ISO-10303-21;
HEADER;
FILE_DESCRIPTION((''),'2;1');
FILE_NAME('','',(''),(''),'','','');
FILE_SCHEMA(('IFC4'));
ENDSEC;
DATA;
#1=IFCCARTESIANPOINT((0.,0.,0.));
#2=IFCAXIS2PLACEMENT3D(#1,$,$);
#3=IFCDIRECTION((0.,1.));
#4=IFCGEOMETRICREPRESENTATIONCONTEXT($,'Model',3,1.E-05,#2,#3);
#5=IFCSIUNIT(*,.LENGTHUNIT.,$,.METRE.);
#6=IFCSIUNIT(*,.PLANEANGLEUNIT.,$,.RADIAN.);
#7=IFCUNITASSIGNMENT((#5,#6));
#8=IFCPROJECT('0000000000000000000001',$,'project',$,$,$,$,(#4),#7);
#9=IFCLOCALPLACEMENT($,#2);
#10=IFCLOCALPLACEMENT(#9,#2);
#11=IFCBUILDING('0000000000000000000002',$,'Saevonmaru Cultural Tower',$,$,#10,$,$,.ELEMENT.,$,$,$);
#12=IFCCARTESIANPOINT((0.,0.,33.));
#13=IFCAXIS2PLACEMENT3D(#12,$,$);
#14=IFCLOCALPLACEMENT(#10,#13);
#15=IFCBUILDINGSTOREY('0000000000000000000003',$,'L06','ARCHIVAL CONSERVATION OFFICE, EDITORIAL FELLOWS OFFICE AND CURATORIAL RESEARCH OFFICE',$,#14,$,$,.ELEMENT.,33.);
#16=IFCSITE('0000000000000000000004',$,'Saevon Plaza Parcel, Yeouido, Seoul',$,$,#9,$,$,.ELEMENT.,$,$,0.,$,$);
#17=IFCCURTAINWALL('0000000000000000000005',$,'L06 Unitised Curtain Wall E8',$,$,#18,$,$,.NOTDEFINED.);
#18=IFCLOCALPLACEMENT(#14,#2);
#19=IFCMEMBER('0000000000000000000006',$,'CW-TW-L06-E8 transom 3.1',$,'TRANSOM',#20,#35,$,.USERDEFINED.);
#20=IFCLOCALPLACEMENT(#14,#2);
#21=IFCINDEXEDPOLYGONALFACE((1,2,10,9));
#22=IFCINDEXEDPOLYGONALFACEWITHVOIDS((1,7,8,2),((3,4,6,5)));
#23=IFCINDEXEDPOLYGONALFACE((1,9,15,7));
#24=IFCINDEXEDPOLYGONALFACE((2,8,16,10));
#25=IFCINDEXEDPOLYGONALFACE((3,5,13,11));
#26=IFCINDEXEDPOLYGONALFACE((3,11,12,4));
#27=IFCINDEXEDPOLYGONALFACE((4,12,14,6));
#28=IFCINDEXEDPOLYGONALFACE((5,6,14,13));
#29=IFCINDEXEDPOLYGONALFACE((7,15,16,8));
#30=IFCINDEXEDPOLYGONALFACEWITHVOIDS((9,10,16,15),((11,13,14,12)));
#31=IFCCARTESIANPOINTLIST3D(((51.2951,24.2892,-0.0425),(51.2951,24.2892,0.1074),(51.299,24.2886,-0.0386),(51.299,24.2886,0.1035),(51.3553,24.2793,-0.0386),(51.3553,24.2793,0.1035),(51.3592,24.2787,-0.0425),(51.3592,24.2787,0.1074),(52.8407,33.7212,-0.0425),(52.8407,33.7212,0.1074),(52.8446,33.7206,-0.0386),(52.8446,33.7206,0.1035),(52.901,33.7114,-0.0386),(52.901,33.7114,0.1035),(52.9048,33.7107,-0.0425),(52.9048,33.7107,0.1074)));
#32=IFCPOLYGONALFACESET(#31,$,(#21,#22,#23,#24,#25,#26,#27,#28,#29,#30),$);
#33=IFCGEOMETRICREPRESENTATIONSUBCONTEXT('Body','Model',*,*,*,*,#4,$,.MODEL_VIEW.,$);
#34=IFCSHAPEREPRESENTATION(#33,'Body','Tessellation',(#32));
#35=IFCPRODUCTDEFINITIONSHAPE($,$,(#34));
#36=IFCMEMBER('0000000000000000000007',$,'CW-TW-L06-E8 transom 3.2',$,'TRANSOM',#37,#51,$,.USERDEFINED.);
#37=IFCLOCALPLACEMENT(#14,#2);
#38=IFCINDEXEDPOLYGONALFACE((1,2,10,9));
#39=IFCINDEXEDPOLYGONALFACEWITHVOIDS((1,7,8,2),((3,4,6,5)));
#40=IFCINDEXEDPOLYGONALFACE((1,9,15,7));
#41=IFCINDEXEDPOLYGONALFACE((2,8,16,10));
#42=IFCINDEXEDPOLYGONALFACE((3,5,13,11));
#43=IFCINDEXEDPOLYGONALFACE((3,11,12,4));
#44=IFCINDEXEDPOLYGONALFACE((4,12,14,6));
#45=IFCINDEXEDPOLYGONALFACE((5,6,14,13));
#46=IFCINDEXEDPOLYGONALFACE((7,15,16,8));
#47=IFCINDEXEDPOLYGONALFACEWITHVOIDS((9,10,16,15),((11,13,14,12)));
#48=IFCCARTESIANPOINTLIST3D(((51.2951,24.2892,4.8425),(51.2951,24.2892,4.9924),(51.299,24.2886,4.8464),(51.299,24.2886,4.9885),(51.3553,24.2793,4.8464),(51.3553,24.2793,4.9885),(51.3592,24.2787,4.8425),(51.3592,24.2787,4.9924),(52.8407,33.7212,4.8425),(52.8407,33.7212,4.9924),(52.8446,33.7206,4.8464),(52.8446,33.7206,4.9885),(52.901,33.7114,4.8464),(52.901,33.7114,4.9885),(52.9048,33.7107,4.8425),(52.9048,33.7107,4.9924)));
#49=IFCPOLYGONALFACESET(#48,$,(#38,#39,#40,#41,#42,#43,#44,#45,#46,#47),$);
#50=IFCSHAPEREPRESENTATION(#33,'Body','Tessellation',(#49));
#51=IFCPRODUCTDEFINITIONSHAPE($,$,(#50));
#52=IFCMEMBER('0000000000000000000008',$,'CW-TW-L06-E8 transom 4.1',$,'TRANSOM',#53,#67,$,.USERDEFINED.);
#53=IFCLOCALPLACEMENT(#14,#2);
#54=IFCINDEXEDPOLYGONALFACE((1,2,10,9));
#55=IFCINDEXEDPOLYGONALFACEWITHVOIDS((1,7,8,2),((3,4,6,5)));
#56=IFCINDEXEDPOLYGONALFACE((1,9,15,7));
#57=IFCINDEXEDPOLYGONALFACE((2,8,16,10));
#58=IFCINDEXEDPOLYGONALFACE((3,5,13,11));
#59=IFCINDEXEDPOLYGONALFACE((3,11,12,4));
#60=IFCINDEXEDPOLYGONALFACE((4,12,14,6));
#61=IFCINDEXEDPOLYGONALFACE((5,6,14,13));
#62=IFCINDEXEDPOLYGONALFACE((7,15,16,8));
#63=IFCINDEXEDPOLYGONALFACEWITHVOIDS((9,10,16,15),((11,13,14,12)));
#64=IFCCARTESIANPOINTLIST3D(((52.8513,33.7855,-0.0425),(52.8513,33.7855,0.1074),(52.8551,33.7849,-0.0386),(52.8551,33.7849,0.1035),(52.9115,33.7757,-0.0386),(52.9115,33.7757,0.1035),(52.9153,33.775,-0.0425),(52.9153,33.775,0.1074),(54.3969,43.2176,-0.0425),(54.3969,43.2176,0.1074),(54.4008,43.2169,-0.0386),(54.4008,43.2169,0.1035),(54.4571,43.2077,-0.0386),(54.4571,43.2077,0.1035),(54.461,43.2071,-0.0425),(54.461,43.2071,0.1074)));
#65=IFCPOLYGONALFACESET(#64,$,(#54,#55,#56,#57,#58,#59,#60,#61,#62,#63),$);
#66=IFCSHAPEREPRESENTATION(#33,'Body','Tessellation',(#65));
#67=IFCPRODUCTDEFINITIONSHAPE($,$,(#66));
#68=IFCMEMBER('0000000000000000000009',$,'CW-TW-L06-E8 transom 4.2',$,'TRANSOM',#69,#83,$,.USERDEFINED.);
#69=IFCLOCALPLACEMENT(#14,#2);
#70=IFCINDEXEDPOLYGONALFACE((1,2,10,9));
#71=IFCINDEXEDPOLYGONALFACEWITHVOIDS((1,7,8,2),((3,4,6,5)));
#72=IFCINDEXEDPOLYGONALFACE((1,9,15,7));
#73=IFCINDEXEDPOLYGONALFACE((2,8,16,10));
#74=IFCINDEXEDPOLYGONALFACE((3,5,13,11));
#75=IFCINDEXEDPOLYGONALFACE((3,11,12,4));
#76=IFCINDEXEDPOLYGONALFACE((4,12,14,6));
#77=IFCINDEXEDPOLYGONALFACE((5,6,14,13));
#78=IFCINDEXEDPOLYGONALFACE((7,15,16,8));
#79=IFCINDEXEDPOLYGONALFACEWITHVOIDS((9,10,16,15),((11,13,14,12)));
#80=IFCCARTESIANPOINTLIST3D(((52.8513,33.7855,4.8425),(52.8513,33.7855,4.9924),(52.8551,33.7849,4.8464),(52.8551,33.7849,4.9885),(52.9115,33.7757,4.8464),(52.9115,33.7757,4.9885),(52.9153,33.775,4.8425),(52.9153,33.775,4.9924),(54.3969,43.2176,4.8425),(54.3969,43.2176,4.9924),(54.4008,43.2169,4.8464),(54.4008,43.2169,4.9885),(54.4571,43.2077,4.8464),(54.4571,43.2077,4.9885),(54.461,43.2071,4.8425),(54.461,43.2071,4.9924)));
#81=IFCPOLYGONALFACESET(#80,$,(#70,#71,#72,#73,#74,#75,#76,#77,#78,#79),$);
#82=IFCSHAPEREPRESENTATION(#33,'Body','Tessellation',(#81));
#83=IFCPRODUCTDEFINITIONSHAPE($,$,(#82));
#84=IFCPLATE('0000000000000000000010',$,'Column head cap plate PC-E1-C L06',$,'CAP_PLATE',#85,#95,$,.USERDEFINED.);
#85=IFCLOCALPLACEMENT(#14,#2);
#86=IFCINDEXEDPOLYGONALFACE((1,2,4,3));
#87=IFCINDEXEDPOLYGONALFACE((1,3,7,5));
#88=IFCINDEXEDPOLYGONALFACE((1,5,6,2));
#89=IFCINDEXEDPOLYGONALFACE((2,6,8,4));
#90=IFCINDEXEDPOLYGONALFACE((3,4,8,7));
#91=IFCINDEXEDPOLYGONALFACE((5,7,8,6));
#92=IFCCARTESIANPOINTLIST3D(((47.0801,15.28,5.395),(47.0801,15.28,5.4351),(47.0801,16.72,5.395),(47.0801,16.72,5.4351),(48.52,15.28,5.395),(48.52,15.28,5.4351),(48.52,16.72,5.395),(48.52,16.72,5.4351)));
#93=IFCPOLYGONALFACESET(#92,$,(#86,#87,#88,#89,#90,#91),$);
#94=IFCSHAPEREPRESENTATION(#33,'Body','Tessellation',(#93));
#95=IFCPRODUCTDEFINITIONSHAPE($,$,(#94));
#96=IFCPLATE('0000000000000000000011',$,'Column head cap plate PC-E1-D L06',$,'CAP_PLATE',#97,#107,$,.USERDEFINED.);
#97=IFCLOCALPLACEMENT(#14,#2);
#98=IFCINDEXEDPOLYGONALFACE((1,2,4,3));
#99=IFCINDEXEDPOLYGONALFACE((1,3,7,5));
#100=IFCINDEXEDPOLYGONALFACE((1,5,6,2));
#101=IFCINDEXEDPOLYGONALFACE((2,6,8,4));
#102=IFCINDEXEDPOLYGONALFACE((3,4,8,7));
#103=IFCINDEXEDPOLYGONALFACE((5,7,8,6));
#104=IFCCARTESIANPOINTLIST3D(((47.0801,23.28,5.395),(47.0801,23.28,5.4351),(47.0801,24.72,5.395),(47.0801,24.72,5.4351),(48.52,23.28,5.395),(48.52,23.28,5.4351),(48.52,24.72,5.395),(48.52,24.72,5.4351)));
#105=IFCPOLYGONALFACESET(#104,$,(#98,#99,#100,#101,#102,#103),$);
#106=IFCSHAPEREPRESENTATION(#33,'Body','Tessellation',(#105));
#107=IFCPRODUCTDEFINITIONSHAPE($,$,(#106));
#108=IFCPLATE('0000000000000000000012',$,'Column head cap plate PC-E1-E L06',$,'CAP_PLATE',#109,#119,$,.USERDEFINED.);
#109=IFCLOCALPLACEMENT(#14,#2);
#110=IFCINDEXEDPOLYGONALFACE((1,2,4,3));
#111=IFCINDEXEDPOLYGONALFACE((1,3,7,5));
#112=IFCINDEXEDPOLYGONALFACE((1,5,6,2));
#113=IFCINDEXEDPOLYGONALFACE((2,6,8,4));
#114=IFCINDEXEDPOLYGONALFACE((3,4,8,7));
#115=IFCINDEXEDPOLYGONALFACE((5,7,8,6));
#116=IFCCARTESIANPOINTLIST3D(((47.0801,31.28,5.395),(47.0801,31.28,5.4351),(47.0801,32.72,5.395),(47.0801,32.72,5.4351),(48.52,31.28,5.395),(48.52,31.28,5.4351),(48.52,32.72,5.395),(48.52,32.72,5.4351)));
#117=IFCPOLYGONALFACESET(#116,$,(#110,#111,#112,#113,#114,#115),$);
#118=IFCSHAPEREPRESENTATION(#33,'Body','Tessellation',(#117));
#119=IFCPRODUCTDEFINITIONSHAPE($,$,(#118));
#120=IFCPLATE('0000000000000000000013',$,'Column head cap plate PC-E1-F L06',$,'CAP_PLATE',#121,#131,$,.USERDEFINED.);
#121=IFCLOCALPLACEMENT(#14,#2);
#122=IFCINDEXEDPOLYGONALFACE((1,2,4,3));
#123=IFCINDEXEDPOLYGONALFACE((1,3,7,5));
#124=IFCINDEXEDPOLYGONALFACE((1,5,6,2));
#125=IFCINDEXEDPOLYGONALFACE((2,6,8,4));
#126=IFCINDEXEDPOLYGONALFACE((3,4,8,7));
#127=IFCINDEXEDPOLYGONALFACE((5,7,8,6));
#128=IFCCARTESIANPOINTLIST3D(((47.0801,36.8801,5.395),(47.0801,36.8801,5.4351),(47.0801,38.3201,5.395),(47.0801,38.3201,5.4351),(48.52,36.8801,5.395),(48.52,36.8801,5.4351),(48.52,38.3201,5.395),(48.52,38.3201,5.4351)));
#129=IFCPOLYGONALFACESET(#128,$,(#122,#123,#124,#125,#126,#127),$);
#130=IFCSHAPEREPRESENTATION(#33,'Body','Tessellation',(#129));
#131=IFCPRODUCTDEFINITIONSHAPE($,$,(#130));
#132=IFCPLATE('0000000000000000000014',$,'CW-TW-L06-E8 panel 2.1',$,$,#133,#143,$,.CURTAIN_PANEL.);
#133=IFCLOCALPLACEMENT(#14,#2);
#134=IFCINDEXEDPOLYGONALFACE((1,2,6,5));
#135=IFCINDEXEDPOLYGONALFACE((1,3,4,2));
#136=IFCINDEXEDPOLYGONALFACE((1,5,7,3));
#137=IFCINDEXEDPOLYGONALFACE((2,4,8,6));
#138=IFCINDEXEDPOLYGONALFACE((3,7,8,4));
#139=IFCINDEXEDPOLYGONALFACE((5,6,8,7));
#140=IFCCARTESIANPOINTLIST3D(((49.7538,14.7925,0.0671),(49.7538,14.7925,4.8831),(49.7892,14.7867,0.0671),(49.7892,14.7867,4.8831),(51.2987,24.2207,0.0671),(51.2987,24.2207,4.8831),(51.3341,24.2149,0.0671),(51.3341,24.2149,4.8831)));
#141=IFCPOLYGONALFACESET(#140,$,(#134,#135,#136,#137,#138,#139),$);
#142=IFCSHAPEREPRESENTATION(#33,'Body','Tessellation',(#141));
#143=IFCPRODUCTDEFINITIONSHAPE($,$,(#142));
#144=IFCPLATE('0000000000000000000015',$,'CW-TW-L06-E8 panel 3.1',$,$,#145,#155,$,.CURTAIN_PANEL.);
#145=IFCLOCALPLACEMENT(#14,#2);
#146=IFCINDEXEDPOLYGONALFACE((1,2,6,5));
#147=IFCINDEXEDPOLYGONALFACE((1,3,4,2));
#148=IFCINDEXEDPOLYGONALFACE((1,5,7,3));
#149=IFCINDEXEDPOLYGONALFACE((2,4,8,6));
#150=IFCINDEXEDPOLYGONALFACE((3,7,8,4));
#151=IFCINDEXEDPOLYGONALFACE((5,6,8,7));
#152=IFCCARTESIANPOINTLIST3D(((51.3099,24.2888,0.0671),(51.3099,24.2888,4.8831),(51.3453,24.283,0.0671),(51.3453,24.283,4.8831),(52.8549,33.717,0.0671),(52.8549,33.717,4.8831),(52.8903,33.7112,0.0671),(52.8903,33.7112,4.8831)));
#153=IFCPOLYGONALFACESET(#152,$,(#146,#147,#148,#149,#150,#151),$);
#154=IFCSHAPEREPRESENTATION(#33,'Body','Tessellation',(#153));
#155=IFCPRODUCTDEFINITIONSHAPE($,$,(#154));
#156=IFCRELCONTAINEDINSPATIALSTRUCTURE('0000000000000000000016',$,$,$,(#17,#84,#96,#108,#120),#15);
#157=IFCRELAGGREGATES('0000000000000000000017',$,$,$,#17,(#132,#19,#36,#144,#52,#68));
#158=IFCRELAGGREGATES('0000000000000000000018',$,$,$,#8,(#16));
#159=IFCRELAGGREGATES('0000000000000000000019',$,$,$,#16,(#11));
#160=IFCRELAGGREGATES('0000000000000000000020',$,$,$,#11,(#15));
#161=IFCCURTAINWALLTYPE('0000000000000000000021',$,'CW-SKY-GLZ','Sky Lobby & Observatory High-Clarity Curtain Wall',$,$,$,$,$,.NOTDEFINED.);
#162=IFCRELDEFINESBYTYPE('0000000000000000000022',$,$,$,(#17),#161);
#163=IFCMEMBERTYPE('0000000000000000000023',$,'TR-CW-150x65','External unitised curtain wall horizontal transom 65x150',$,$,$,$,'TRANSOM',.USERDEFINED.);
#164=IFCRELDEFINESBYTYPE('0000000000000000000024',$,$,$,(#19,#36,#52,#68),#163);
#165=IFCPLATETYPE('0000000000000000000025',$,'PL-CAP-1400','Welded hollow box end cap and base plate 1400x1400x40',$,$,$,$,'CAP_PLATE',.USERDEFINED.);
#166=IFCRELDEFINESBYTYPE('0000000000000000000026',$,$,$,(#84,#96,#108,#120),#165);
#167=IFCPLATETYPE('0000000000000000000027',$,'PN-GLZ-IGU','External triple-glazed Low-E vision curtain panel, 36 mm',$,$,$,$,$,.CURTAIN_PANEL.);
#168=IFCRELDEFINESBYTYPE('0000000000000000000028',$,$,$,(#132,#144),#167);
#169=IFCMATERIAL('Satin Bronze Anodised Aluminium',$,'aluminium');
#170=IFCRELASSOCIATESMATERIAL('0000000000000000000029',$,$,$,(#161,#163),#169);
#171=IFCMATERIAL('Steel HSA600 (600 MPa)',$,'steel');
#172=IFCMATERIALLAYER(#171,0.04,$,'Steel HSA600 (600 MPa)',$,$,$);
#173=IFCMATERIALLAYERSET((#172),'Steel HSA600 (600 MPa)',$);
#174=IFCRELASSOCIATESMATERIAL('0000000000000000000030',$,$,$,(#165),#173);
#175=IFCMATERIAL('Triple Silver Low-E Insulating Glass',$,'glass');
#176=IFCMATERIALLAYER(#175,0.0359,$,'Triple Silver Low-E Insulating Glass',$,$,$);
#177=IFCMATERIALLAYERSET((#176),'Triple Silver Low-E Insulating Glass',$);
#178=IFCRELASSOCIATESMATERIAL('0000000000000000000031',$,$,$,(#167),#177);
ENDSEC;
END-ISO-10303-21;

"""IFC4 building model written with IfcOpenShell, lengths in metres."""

from ifc_helpers import new_model, si_unit, direction, frame, origin, origin_2d, place, context, subcontext, project, spatial, rectangle, hollow_rectangle, extrude, material, layer, layer_set, material_profile, profile_set, type_object, element, aggregate, save


model = new_model("IFC4")

# Units and contexts
model_context = context("Model", 3, precision=1e-05, world=origin(), true_north=direction((0.0, 1.0)))
body_context = subcontext(model_context, "Body", "Model", "MODEL_VIEW")
ifc_project = project(units=[si_unit("LENGTHUNIT", "METRE"), si_unit("PLANEANGLEUNIT", "RADIAN")], contexts=[model_context])

# Site, building, storey
site_placement = place(None, origin())
site = spatial("IfcSite", under=ifc_project, at=site_placement, Name="Saevon Plaza Parcel, Yeouido, Seoul", CompositionType="ELEMENT", RefElevation=0.0)
building_placement = place(site_placement, origin())
building = spatial("IfcBuilding", under=site, at=building_placement, Name="Saevonmaru Cultural Tower", CompositionType="ELEMENT")
storey_placement = place(building_placement, frame((0.0, 0.0, 33.0)))
storey = spatial("IfcBuildingStorey", under=building, at=storey_placement, Name="L06", Description="ARCHIVAL CONSERVATION OFFICE, EDITORIAL FELLOWS OFFICE AND CURATORIAL RESEARCH OFFICE", CompositionType="ELEMENT", Elevation=33.0)

# Shared definitions
ifc_material_1 = material(Name="Steel HSA600 (600 MPa)", Category="steel")

# Curtain wall, members
ifc_material_2 = material(Name="Satin Bronze Anodised Aluminium", Category="aluminium")
curtain_wall_type = type_object("IfcCurtainWallType", Name="CW-SKY-GLZ", Description="Sky Lobby & Observatory High-Clarity Curtain Wall", PredefinedType="NOTDEFINED", material=ifc_material_2)
curtain_wall_placement = place(storey_placement, origin())
curtain_wall = element("IfcCurtainWall", 1, at=curtain_wall_placement, inside=storey, type_object=curtain_wall_type, Name="L06 Unitised Curtain Wall E8", PredefinedType="NOTDEFINED")
ifc_material_profile_1 = material_profile(ifc_material_2, hollow_rectangle(XDim=0.0649, YDim=0.1499, WallThickness=0.0039, at=origin_2d()), Name="ALU-TRAN-150x65x4")
ifc_profile_set_1 = profile_set([ifc_material_profile_1], Name="Satin Bronze Anodised Aluminium")
member_type_1 = type_object("IfcMemberType", Name="TR-CW-150x65", Description="External unitised curtain wall horizontal transom 65x150", ElementType="TRANSOM", PredefinedType="USERDEFINED", material=ifc_profile_set_1)
member_1_placement = place(storey_placement, frame((51.3271, 24.2839, 0.0325), z_axis=(0.161714, 0.986838, 0.0), x_axis=(-0.986838, 0.161714, 0.0)))
member_1 = element("IfcMember", 2, at=member_1_placement, type_object=member_type_1, Name="CW-TW-L06-E8 transom 3.1", ObjectType="TRANSOM", PredefinedType="USERDEFINED", context=body_context, shape_type="SweptSolid", body=[
    extrude(hollow_rectangle(XDim=0.0649, YDim=0.1499, WallThickness=0.0039, at=origin_2d()), origin(), (0.0, 0.0, 1.0), 9.5579),
])
member_2_placement = place(storey_placement, frame((51.3271, 24.2839, 4.9175), z_axis=(0.161714, 0.986838, 0.0), x_axis=(-0.986838, 0.161714, 0.0)))
member_2 = element("IfcMember", 3, at=member_2_placement, type_object=member_type_1, Name="CW-TW-L06-E8 transom 3.2", ObjectType="TRANSOM", PredefinedType="USERDEFINED", context=body_context, shape_type="SweptSolid", body=[
    extrude(hollow_rectangle(XDim=0.0649, YDim=0.1499, WallThickness=0.0039, at=origin_2d()), origin(), (0.0, 0.0, 1.0), 9.5579),
])
member_3_placement = place(storey_placement, frame((52.8833, 33.7803, 0.0325), z_axis=(0.161714, 0.986838, 0.0), x_axis=(-0.986838, 0.161714, 0.0)))
member_3 = element("IfcMember", 4, at=member_3_placement, type_object=member_type_1, Name="CW-TW-L06-E8 transom 4.1", ObjectType="TRANSOM", PredefinedType="USERDEFINED", context=body_context, shape_type="SweptSolid", body=[
    extrude(hollow_rectangle(XDim=0.0649, YDim=0.1499, WallThickness=0.0039, at=origin_2d()), origin(), (0.0, 0.0, 1.0), 9.5579),
])
member_4_placement = place(storey_placement, frame((52.8833, 33.7803, 4.9175), z_axis=(0.161714, 0.986838, 0.0), x_axis=(-0.986838, 0.161714, 0.0)))
member_4 = element("IfcMember", 5, at=member_4_placement, type_object=member_type_1, Name="CW-TW-L06-E8 transom 4.2", ObjectType="TRANSOM", PredefinedType="USERDEFINED", context=body_context, shape_type="SweptSolid", body=[
    extrude(hollow_rectangle(XDim=0.0649, YDim=0.1499, WallThickness=0.0039, at=origin_2d()), origin(), (0.0, 0.0, 1.0), 9.5579),
])

# Plates
ifc_layer_1 = layer(ifc_material_1, 0.04, Name="Steel HSA600 (600 MPa)")
ifc_layer_set_1 = layer_set([ifc_layer_1], Name="Steel HSA600 (600 MPa)")
plate_type_1 = type_object("IfcPlateType", Name="PL-CAP-1400", Description="Welded hollow box end cap and base plate 1400x1400x40", ElementType="CAP_PLATE", PredefinedType="USERDEFINED", material=ifc_layer_set_1)
for number, where, z_axis, x_axis, name in (
    (6, (47.8, 16.0, 5.395), (0.0, 0.0, 1.0), (1.0, 0.0, 0.0), "Column head cap plate PC-E1-C L06"),
    (7, (47.8, 24.0, 5.395), (0.0, 0.0, 1.0), (1.0, 0.0, 0.0), "Column head cap plate PC-E1-D L06"),
    (8, (47.8, 32.0, 5.395), (0.0, 0.0, 1.0), (1.0, 0.0, 0.0), "Column head cap plate PC-E1-E L06"),
    (9, (47.8, 37.6001, 5.395), (0.0, 0.0, 1.0), (1.0, 0.0, 0.0), "Column head cap plate PC-E1-F L06"),
):
    element("IfcPlate", number, at=place(storey_placement, frame(where, z_axis=z_axis, x_axis=x_axis)), inside=storey, type_object=plate_type_1, Name=name, ObjectType="CAP_PLATE", PredefinedType="USERDEFINED", context=body_context, shape_type="SweptSolid", body=[
        extrude(rectangle(XDim=1.4399, YDim=1.4399, at=origin_2d()), origin(), (0.0, 0.0, 1.0), 0.04),
    ])

# Plates
ifc_material_3 = material(Name="Triple Silver Low-E Insulating Glass", Category="glass")
ifc_layer_2 = layer(ifc_material_3, 0.0359, Name="Triple Silver Low-E Insulating Glass")
ifc_layer_set_2 = layer_set([ifc_layer_2], Name="Triple Silver Low-E Insulating Glass")
plate_type_2 = type_object("IfcPlateType", Name="PN-GLZ-IGU", Description="External triple-glazed Low-E vision curtain panel, 36 mm", PredefinedType="CURTAIN_PANEL", material=ifc_layer_set_2)
plate_1_placement = place(storey_placement, frame((50.5439, 19.5037, 0.0671), z_axis=(0.0, 0.0, 1.0), x_axis=(0.161709, 0.986839, 0.0)))
plate_1 = element("IfcPlate", 10, at=plate_1_placement, type_object=plate_type_2, Name="CW-TW-L06-E8 panel 2.1", PredefinedType="CURTAIN_PANEL", context=body_context, shape_type="SweptSolid", body=[
    extrude(rectangle(XDim=9.554, YDim=0.0359, at=origin_2d()), origin(), (0.0, 0.0, 1.0), 4.8159),
])
plate_2_placement = place(storey_placement, frame((52.1001, 29.0, 0.0671), z_axis=(0.0, 0.0, 1.0), x_axis=(0.161709, 0.986839, 0.0)))
plate_2 = element("IfcPlate", 11, at=plate_2_placement, type_object=plate_type_2, Name="CW-TW-L06-E8 panel 3.1", PredefinedType="CURTAIN_PANEL", context=body_context, shape_type="SweptSolid", body=[
    extrude(rectangle(XDim=9.554, YDim=0.0359, at=origin_2d()), origin(), (0.0, 0.0, 1.0), 4.8159),
])
aggregate(curtain_wall, [plate_1, member_1, member_2, plate_2, member_3, member_4])

save(model, "model.ifc")
